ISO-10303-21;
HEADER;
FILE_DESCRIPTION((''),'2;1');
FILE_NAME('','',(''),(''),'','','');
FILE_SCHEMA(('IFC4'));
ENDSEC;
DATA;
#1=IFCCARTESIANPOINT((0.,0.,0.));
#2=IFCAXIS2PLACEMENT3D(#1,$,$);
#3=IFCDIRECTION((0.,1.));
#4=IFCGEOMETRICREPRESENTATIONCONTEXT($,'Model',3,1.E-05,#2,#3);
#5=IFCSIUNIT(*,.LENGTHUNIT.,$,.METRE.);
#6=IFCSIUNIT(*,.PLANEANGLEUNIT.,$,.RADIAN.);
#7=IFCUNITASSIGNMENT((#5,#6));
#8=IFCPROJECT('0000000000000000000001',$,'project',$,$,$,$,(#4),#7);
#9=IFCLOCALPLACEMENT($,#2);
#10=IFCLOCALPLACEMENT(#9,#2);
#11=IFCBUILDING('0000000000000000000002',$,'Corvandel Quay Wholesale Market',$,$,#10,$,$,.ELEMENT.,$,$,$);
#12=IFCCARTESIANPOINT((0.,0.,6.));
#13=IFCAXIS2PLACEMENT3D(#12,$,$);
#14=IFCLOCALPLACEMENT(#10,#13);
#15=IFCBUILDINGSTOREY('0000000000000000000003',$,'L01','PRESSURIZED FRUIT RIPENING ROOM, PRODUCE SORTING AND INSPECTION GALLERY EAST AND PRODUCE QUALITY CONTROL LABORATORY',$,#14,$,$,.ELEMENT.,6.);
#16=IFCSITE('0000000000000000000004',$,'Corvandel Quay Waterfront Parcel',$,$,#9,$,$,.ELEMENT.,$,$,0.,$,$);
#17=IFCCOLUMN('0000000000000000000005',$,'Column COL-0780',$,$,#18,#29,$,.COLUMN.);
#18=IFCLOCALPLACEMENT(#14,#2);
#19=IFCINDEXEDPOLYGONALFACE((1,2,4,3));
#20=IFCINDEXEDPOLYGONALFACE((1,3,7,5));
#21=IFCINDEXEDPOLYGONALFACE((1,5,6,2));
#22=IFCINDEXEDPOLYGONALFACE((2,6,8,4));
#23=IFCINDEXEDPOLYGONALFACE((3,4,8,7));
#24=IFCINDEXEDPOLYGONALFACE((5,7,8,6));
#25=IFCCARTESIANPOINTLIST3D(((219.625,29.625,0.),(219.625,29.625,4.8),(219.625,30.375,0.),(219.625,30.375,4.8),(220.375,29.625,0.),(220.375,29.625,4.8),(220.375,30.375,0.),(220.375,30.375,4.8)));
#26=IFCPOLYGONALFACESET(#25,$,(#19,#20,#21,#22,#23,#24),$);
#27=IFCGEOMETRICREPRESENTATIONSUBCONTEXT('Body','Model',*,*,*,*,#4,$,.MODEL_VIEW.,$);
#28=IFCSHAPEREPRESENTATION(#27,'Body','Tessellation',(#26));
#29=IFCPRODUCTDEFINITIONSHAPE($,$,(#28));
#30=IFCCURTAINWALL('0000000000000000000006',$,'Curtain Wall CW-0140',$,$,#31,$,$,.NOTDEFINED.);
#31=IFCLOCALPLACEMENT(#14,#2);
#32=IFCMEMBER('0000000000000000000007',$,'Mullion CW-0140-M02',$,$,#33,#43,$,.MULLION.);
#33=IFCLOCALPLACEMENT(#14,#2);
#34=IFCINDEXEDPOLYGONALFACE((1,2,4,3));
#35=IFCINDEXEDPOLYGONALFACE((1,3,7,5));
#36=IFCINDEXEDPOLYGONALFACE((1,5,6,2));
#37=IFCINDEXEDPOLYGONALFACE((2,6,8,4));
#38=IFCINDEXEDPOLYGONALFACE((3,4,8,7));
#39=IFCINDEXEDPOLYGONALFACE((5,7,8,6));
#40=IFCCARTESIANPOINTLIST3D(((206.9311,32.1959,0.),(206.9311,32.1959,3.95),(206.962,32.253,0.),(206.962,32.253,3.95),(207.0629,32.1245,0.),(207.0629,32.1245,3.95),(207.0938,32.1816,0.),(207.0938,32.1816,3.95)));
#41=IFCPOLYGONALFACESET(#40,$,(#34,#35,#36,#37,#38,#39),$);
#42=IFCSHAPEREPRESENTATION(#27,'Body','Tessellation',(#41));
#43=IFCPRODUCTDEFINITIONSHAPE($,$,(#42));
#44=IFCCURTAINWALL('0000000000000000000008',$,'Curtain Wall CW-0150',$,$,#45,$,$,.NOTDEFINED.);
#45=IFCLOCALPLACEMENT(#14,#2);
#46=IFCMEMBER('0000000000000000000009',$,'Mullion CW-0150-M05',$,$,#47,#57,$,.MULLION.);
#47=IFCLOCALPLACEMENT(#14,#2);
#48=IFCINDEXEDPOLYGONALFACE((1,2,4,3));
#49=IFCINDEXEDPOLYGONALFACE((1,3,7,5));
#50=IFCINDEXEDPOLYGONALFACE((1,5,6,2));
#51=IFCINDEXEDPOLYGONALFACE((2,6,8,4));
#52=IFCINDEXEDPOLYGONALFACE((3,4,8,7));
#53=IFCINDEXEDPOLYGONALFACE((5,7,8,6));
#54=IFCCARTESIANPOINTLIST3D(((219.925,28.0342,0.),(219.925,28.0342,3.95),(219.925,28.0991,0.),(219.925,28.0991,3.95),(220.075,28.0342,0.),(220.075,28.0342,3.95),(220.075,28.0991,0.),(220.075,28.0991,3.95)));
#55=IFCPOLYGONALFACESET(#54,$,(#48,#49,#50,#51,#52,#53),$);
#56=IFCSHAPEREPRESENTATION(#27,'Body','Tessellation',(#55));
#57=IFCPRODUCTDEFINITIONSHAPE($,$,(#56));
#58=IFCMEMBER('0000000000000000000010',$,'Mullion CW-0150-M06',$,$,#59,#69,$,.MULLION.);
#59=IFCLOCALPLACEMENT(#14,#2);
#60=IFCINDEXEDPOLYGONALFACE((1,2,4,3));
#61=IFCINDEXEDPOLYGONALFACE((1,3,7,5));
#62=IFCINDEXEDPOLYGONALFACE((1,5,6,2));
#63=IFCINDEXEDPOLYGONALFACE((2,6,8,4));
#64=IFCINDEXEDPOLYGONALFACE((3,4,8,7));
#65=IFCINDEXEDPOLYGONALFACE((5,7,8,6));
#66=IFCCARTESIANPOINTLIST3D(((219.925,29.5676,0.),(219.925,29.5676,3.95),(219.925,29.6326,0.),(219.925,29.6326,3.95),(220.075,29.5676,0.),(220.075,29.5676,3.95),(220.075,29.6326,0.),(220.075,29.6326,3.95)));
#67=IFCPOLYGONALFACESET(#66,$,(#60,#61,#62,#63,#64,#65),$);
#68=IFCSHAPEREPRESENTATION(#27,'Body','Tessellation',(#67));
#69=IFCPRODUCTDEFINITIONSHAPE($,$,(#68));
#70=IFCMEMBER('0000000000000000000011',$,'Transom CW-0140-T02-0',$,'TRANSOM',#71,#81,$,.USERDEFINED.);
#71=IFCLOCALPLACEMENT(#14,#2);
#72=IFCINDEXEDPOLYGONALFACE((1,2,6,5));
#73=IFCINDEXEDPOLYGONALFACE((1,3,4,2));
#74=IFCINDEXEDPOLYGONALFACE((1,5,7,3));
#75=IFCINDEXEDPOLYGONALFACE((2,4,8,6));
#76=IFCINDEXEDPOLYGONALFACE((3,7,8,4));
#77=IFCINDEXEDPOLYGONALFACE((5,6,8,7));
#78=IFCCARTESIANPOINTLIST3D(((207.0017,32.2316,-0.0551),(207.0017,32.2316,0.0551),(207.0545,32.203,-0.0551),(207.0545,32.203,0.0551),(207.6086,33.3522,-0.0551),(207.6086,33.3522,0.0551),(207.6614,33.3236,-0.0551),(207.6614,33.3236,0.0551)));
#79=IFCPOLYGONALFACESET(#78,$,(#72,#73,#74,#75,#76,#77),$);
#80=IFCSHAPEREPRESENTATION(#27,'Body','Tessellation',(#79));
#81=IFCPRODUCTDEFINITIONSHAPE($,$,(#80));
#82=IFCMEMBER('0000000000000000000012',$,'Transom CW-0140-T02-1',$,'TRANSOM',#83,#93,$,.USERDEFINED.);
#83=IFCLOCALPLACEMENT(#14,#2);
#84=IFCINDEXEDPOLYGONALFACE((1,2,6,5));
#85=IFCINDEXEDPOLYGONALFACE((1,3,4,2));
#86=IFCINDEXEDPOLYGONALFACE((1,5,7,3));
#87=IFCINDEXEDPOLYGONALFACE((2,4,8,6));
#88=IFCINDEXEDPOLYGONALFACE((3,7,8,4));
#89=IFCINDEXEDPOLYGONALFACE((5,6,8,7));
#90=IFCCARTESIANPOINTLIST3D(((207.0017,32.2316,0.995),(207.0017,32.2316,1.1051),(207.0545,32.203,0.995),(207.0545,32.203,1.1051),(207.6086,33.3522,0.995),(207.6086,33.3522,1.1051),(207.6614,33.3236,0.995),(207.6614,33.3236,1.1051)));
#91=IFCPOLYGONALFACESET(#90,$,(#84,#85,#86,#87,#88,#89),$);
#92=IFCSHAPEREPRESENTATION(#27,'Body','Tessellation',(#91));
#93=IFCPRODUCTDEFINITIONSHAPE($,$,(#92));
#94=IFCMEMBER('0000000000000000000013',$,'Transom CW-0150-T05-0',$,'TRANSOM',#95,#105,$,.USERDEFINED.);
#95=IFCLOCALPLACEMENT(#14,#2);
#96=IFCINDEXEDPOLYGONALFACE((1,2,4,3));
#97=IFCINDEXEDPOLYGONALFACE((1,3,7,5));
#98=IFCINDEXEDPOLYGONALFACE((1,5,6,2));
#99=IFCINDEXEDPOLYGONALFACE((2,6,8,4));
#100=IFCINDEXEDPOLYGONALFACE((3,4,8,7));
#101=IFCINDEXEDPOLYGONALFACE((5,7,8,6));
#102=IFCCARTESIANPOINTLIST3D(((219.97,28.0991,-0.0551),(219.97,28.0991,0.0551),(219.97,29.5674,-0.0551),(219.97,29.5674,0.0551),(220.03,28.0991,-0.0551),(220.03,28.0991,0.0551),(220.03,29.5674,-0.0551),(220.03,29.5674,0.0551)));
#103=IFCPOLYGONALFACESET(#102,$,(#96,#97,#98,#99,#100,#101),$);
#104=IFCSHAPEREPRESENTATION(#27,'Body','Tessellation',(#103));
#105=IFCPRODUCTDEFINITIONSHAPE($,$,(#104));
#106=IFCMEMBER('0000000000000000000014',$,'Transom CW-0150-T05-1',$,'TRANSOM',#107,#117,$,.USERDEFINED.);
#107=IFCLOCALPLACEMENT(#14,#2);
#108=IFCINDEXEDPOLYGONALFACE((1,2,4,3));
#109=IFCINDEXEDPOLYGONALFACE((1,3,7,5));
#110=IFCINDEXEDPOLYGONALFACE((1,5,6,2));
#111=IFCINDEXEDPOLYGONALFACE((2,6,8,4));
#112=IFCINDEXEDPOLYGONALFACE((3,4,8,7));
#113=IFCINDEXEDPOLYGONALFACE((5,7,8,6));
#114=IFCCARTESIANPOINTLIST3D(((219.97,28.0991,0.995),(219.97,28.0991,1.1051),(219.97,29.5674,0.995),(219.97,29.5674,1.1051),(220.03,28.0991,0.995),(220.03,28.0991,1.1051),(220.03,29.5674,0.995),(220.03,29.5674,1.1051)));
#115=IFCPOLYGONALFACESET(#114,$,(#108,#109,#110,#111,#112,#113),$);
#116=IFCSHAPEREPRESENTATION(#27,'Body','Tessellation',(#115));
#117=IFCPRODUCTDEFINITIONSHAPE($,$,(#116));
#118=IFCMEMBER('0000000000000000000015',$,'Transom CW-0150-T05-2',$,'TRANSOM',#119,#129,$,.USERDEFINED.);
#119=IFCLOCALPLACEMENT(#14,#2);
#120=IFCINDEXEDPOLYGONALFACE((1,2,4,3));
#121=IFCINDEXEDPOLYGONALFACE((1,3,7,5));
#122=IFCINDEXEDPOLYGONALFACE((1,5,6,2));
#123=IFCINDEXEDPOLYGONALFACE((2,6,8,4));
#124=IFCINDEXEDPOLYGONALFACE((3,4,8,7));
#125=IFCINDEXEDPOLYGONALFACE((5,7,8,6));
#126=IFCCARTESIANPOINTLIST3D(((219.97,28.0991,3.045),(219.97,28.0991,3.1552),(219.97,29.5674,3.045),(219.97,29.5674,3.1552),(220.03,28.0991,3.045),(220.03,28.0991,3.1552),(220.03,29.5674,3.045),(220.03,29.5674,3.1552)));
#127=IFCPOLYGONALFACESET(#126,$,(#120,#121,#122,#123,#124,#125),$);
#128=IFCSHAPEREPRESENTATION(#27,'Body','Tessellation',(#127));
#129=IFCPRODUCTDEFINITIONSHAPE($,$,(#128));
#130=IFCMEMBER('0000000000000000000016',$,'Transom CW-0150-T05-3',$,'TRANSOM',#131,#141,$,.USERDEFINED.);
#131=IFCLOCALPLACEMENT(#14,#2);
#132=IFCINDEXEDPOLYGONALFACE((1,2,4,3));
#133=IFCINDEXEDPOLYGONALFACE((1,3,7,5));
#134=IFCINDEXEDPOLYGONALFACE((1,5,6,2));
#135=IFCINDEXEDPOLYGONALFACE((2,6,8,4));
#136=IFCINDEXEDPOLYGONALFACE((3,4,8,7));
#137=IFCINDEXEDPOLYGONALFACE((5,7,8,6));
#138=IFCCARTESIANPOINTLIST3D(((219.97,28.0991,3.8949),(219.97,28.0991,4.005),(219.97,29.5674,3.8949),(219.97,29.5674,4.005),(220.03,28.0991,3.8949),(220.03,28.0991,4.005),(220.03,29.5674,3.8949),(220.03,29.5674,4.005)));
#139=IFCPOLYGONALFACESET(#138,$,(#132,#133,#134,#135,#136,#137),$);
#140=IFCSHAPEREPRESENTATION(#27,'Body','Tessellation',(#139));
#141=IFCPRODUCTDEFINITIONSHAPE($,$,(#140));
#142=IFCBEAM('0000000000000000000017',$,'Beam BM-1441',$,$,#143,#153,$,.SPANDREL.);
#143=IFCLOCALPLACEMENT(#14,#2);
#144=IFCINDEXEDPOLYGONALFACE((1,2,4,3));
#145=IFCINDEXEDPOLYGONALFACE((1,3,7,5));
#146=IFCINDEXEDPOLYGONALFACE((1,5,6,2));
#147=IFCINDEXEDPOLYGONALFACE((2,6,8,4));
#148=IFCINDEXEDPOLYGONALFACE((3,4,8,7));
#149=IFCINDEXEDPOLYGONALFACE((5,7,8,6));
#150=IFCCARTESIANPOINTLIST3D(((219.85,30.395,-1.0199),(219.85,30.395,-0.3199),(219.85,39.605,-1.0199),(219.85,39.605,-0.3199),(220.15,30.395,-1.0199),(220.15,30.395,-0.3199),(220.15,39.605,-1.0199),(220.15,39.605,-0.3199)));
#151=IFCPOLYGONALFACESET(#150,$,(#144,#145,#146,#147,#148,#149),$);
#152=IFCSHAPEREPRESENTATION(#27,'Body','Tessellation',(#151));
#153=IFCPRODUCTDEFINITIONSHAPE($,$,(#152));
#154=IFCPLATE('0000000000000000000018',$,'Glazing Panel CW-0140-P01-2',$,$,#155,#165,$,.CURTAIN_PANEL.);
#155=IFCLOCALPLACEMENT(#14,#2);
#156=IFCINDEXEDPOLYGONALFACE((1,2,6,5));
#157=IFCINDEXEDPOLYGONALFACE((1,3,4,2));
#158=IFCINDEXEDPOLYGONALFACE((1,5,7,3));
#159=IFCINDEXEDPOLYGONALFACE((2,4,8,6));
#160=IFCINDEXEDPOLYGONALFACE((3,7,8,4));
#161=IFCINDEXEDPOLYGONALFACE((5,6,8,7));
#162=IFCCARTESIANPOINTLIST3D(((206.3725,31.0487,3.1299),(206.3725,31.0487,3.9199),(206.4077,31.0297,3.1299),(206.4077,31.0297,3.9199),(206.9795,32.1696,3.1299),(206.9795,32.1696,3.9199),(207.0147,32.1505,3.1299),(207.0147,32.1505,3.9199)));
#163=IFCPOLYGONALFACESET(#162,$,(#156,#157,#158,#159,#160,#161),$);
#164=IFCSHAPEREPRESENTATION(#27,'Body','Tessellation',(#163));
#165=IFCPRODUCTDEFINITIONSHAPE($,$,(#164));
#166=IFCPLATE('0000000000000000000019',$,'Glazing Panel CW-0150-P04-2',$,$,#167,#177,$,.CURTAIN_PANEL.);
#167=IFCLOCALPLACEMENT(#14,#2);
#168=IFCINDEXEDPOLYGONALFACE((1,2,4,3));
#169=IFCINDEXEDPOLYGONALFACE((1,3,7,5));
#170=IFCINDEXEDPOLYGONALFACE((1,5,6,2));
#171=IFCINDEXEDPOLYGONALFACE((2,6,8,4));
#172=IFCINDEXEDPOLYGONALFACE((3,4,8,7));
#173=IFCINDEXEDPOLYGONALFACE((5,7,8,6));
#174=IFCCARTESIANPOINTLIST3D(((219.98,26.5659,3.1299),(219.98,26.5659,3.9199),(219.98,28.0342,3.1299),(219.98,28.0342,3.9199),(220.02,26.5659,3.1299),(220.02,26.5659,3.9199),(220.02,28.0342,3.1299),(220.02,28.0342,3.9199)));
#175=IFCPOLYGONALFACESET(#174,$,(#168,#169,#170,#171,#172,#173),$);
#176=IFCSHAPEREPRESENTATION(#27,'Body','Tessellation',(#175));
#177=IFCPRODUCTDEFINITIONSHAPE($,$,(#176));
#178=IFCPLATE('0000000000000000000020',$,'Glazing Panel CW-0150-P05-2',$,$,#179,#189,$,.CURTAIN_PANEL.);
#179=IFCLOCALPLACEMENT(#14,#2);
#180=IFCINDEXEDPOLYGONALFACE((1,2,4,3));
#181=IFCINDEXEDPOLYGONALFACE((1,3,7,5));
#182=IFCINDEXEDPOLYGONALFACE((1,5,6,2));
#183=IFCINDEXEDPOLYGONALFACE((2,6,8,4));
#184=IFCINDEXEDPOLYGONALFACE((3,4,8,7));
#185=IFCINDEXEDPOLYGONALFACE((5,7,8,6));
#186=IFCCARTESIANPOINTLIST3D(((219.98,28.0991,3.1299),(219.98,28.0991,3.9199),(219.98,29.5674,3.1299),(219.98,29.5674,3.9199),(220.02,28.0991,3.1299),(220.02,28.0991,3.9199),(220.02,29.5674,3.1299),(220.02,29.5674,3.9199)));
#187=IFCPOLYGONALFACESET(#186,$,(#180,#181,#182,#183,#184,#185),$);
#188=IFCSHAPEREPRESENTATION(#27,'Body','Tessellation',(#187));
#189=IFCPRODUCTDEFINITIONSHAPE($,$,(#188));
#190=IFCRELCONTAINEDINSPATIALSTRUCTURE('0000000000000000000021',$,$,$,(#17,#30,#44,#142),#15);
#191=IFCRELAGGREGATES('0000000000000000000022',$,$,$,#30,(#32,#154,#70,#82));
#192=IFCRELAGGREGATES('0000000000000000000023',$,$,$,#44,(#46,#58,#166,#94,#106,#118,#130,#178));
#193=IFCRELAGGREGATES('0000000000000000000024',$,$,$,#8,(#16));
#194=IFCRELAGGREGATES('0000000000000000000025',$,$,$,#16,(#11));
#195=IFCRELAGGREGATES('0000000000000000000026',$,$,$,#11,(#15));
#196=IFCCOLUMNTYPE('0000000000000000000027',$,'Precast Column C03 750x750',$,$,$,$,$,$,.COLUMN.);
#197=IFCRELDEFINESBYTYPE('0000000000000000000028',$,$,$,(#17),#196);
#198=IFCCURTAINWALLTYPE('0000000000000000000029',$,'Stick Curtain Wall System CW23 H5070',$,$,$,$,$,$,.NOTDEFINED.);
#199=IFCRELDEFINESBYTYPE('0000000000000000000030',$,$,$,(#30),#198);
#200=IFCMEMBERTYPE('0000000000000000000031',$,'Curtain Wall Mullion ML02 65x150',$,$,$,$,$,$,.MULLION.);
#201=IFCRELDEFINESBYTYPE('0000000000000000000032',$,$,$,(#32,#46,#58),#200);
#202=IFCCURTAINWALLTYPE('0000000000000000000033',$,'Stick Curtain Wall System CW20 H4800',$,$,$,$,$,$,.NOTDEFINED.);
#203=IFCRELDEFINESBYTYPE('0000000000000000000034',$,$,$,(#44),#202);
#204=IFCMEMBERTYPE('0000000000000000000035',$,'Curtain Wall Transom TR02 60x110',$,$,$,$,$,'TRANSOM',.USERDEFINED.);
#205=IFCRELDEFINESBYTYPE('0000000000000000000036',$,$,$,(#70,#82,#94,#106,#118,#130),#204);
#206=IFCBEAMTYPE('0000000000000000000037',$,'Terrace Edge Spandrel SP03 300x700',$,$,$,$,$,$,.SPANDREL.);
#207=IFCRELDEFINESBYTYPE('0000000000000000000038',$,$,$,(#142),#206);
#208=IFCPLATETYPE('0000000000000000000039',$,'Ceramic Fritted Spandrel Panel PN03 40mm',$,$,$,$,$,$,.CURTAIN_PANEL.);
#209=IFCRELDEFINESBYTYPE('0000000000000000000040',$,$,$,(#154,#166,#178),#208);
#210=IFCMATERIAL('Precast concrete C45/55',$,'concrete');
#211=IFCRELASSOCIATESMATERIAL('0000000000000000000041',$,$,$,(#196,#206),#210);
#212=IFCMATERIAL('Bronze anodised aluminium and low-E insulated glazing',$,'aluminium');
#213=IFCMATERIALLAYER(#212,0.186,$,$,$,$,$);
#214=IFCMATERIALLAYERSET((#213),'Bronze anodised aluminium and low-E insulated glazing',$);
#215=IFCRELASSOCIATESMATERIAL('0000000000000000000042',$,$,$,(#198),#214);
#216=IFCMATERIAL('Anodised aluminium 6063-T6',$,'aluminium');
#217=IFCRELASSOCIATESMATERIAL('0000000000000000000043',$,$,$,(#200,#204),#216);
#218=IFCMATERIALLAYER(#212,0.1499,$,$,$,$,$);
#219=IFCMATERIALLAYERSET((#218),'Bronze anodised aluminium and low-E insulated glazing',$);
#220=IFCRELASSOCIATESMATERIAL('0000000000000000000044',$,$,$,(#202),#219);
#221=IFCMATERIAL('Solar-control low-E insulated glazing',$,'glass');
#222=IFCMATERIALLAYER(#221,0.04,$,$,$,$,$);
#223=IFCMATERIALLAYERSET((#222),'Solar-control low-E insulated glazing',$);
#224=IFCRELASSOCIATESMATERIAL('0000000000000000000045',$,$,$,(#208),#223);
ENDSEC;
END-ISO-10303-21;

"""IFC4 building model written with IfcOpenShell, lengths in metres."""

from ifc_helpers import new_model, si_unit, direction, frame, origin, origin_2d, place, context, subcontext, project, spatial, rectangle, extrude, material, layer, layer_set, material_profile, profile_set, type_object, element, aggregate, save


model = new_model("IFC4")

# Units and contexts
model_context = context("Model", 3, precision=1e-05, world=origin(), true_north=direction((0.0, 1.0)))
body_context = subcontext(model_context, "Body", "Model", "MODEL_VIEW")
ifc_project = project(units=[si_unit("LENGTHUNIT", "METRE"), si_unit("PLANEANGLEUNIT", "RADIAN")], contexts=[model_context])

# Site, building, storey
site_placement = place(None, origin())
site = spatial("IfcSite", under=ifc_project, at=site_placement, Name="Corvandel Quay Waterfront Parcel", CompositionType="ELEMENT", RefElevation=0.0)
building_placement = place(site_placement, origin())
building = spatial("IfcBuilding", under=site, at=building_placement, Name="Corvandel Quay Wholesale Market", CompositionType="ELEMENT")
storey_placement = place(building_placement, frame((0.0, 0.0, 6.0)))
storey = spatial("IfcBuildingStorey", under=building, at=storey_placement, Name="L01", Description="PRESSURIZED FRUIT RIPENING ROOM, PRODUCE SORTING AND INSPECTION GALLERY EAST AND PRODUCE QUALITY CONTROL LABORATORY", CompositionType="ELEMENT", Elevation=6.0)

# Column
ifc_material_1 = material(Name="Precast concrete C45/55", Category="concrete")
ifc_material_profile_1 = material_profile(ifc_material_1, rectangle(XDim=0.75, YDim=0.75, at=origin_2d()), Name="PC-COL-750x750")
ifc_profile_set_1 = profile_set([ifc_material_profile_1], Name="Precast concrete C45/55")
column_type = type_object("IfcColumnType", Name="Precast Column C03 750x750", PredefinedType="COLUMN", material=ifc_profile_set_1)
column_placement = place(storey_placement, frame((220.0, 30.0, 0.0), z_axis=(0.0, 0.0, 1.0), x_axis=(1.0, 0.0, 0.0)))
element("IfcColumn", 1, at=column_placement, inside=storey, type_object=column_type, Name="Column COL-0780", PredefinedType="COLUMN", context=body_context, shape_type="SweptSolid", body=[
    extrude(rectangle(XDim=0.75, YDim=0.75, at=origin_2d()), origin(), (0.0, 0.0, 1.0), 4.8),
])

# Curtain wall, member
ifc_material_2 = material(Name="Bronze anodised aluminium and low-E insulated glazing", Category="aluminium")
ifc_layer_1 = layer(ifc_material_2, 0.186)
ifc_layer_set_1 = layer_set([ifc_layer_1], Name="Bronze anodised aluminium and low-E insulated glazing")
curtain_wall_type_1 = type_object("IfcCurtainWallType", Name="Stick Curtain Wall System CW23 H5070", PredefinedType="NOTDEFINED", material=ifc_layer_set_1)
curtain_wall_1_placement = place(storey_placement, origin())
curtain_wall_1 = element("IfcCurtainWall", 2, at=curtain_wall_1_placement, inside=storey, type_object=curtain_wall_type_1, Name="Curtain Wall CW-0140", PredefinedType="NOTDEFINED")
ifc_material_3 = material(Name="Anodised aluminium 6063-T6", Category="aluminium")
ifc_material_profile_2 = material_profile(ifc_material_3, rectangle(XDim=0.0649, YDim=0.1499, at=origin_2d()), Name="ALU-MUL-65x150")
ifc_profile_set_2 = profile_set([ifc_material_profile_2], Name="Anodised aluminium 6063-T6")
member_type_1 = type_object("IfcMemberType", Name="Curtain Wall Mullion ML02 65x150", PredefinedType="MULLION", material=ifc_profile_set_2)
member_1_placement = place(storey_placement, frame((207.0125, 32.1887, 0.0), z_axis=(0.0, 0.0, 1.0), x_axis=(0.476238, 0.879316, 0.0)))
member_1 = element("IfcMember", 3, at=member_1_placement, type_object=member_type_1, Name="Mullion CW-0140-M02", PredefinedType="MULLION", context=body_context, shape_type="SweptSolid", body=[
    extrude(rectangle(XDim=0.0649, YDim=0.1499, at=origin_2d()), origin(), (0.0, 0.0, 1.0), 3.95),
])

# Curtain wall, members
ifc_layer_2 = layer(ifc_material_2, 0.1499)
ifc_layer_set_2 = layer_set([ifc_layer_2], Name="Bronze anodised aluminium and low-E insulated glazing")
curtain_wall_type_2 = type_object("IfcCurtainWallType", Name="Stick Curtain Wall System CW20 H4800", PredefinedType="NOTDEFINED", material=ifc_layer_set_2)
curtain_wall_2_placement = place(storey_placement, origin())
curtain_wall_2 = element("IfcCurtainWall", 4, at=curtain_wall_2_placement, inside=storey, type_object=curtain_wall_type_2, Name="Curtain Wall CW-0150", PredefinedType="NOTDEFINED")
member_2_placement = place(storey_placement, frame((220.0, 28.0667, 0.0), z_axis=(0.0, 0.0, 1.0), x_axis=(0.0, 1.0, 0.0)))
member_2 = element("IfcMember", 5, at=member_2_placement, type_object=member_type_1, Name="Mullion CW-0150-M05", PredefinedType="MULLION", context=body_context, shape_type="SweptSolid", body=[
    extrude(rectangle(XDim=0.0649, YDim=0.1499, at=origin_2d()), origin(), (0.0, 0.0, 1.0), 3.95),
])
member_3_placement = place(storey_placement, frame((220.0, 29.6001, 0.0), z_axis=(0.0, 0.0, 1.0), x_axis=(0.0, 1.0, 0.0)))
member_3 = element("IfcMember", 6, at=member_3_placement, type_object=member_type_1, Name="Mullion CW-0150-M06", PredefinedType="MULLION", context=body_context, shape_type="SweptSolid", body=[
    extrude(rectangle(XDim=0.0649, YDim=0.1499, at=origin_2d()), origin(), (0.0, 0.0, 1.0), 3.95),
])

# Members
ifc_material_profile_3 = material_profile(ifc_material_3, rectangle(XDim=0.0601, YDim=0.1101, at=origin_2d()), Name="ALU-TRN-60x110")
ifc_profile_set_3 = profile_set([ifc_material_profile_3], Name="Anodised aluminium 6063-T6")
member_type_2 = type_object("IfcMemberType", Name="Curtain Wall Transom TR02 60x110", ElementType="TRANSOM", PredefinedType="USERDEFINED", material=ifc_profile_set_3)
member_4_placement = place(storey_placement, frame((207.0281, 32.2173, 0.0), z_axis=(0.476246, 0.879312, 0.0), x_axis=(-0.879312, 0.476246, 0.0)))
member_4 = element("IfcMember", 7, at=member_4_placement, type_object=member_type_2, Name="Transom CW-0140-T02-0", ObjectType="TRANSOM", PredefinedType="USERDEFINED", context=body_context, shape_type="SweptSolid", body=[
    extrude(rectangle(XDim=0.0601, YDim=0.1101, at=origin_2d()), origin(), (0.0, 0.0, 1.0), 1.2744),
])
member_5_placement = place(storey_placement, frame((207.0281, 32.2173, 1.05), z_axis=(0.476246, 0.879312, 0.0), x_axis=(-0.879312, 0.476246, 0.0)))
member_5 = element("IfcMember", 8, at=member_5_placement, type_object=member_type_2, Name="Transom CW-0140-T02-1", ObjectType="TRANSOM", PredefinedType="USERDEFINED", context=body_context, shape_type="SweptSolid", body=[
    extrude(rectangle(XDim=0.0601, YDim=0.1101, at=origin_2d()), origin(), (0.0, 0.0, 1.0), 1.2744),
])
member_6_placement = place(storey_placement, frame((220.0, 28.0991, 0.0), z_axis=(0.0, 1.0, 0.0), x_axis=(-1.0, 0.0, 0.0)))
member_6 = element("IfcMember", 9, at=member_6_placement, type_object=member_type_2, Name="Transom CW-0150-T05-0", ObjectType="TRANSOM", PredefinedType="USERDEFINED", context=body_context, shape_type="SweptSolid", body=[
    extrude(rectangle(XDim=0.0601, YDim=0.1101, at=origin_2d()), origin(), (0.0, 0.0, 1.0), 1.4683),
])
member_7_placement = place(storey_placement, frame((220.0, 28.0991, 1.05), z_axis=(0.0, 1.0, 0.0), x_axis=(-1.0, 0.0, 0.0)))
member_7 = element("IfcMember", 10, at=member_7_placement, type_object=member_type_2, Name="Transom CW-0150-T05-1", ObjectType="TRANSOM", PredefinedType="USERDEFINED", context=body_context, shape_type="SweptSolid", body=[
    extrude(rectangle(XDim=0.0601, YDim=0.1101, at=origin_2d()), origin(), (0.0, 0.0, 1.0), 1.4683),
])
member_8_placement = place(storey_placement, frame((220.0, 28.0991, 3.1001), z_axis=(0.0, 1.0, 0.0), x_axis=(-1.0, 0.0, 0.0)))
member_8 = element("IfcMember", 11, at=member_8_placement, type_object=member_type_2, Name="Transom CW-0150-T05-2", ObjectType="TRANSOM", PredefinedType="USERDEFINED", context=body_context, shape_type="SweptSolid", body=[
    extrude(rectangle(XDim=0.0601, YDim=0.1101, at=origin_2d()), origin(), (0.0, 0.0, 1.0), 1.4683),
])
member_9_placement = place(storey_placement, frame((220.0, 28.0991, 3.95), z_axis=(0.0, 1.0, 0.0), x_axis=(-1.0, 0.0, 0.0)))
member_9 = element("IfcMember", 12, at=member_9_placement, type_object=member_type_2, Name="Transom CW-0150-T05-3", ObjectType="TRANSOM", PredefinedType="USERDEFINED", context=body_context, shape_type="SweptSolid", body=[
    extrude(rectangle(XDim=0.0601, YDim=0.1101, at=origin_2d()), origin(), (0.0, 0.0, 1.0), 1.4683),
])

# Beam
ifc_material_profile_4 = material_profile(ifc_material_1, rectangle(XDim=0.3, YDim=0.7, at=origin_2d()), Name="PC-SPN-300x700")
ifc_profile_set_4 = profile_set([ifc_material_profile_4], Name="Precast concrete C45/55")
beam_type = type_object("IfcBeamType", Name="Terrace Edge Spandrel SP03 300x700", PredefinedType="SPANDREL", material=ifc_profile_set_4)
beam_placement = place(storey_placement, frame((220.0, 30.395, -0.6699), z_axis=(0.0, 1.0, 0.0), x_axis=(-1.0, 0.0, 0.0)))
element("IfcBeam", 13, at=beam_placement, inside=storey, type_object=beam_type, Name="Beam BM-1441", PredefinedType="SPANDREL", context=body_context, shape_type="SweptSolid", body=[
    extrude(rectangle(XDim=0.3, YDim=0.7, at=origin_2d()), origin(), (0.0, 0.0, 1.0), 9.21),
])

# Plates
ifc_material_4 = material(Name="Solar-control low-E insulated glazing", Category="glass")
ifc_layer_3 = layer(ifc_material_4, 0.04)
ifc_layer_set_3 = layer_set([ifc_layer_3], Name="Solar-control low-E insulated glazing")
plate_type_1 = type_object("IfcPlateType", Name="Ceramic Fritted Spandrel Panel PN03 40mm", PredefinedType="CURTAIN_PANEL", material=ifc_layer_set_3)
plate_1_placement = place(storey_placement, frame((206.6936, 31.5996, 3.1299), z_axis=(0.0, 0.0, 1.0), x_axis=(0.476238, 0.879316, 0.0)))
plate_1 = element("IfcPlate", 14, at=plate_1_placement, type_object=plate_type_1, Name="Glazing Panel CW-0140-P01-2", PredefinedType="CURTAIN_PANEL", context=body_context, shape_type="SweptSolid", body=[
    extrude(rectangle(XDim=1.2747, YDim=0.04, at=origin_2d()), origin(), (0.0, 0.0, 1.0), 0.79),
])
plate_2_placement = place(storey_placement, frame((220.0, 27.3, 3.1299), z_axis=(0.0, 0.0, 1.0), x_axis=(0.0, 1.0, 0.0)))
plate_2 = element("IfcPlate", 15, at=plate_2_placement, type_object=plate_type_1, Name="Glazing Panel CW-0150-P04-2", PredefinedType="CURTAIN_PANEL", context=body_context, shape_type="SweptSolid", body=[
    extrude(rectangle(XDim=1.4683, YDim=0.04, at=origin_2d()), origin(), (0.0, 0.0, 1.0), 0.79),
])
plate_3_placement = place(storey_placement, frame((220.0, 28.8333, 3.1299), z_axis=(0.0, 0.0, 1.0), x_axis=(0.0, 1.0, 0.0)))
plate_3 = element("IfcPlate", 16, at=plate_3_placement, type_object=plate_type_1, Name="Glazing Panel CW-0150-P05-2", PredefinedType="CURTAIN_PANEL", context=body_context, shape_type="SweptSolid", body=[
    extrude(rectangle(XDim=1.4683, YDim=0.04, at=origin_2d()), origin(), (0.0, 0.0, 1.0), 0.79),
])
aggregate(curtain_wall_1, [member_1, plate_1, member_4, member_5])
aggregate(curtain_wall_2, [member_2, member_3, plate_2, member_6, member_7, member_8, member_9, plate_3])

save(model, "model.ifc")
